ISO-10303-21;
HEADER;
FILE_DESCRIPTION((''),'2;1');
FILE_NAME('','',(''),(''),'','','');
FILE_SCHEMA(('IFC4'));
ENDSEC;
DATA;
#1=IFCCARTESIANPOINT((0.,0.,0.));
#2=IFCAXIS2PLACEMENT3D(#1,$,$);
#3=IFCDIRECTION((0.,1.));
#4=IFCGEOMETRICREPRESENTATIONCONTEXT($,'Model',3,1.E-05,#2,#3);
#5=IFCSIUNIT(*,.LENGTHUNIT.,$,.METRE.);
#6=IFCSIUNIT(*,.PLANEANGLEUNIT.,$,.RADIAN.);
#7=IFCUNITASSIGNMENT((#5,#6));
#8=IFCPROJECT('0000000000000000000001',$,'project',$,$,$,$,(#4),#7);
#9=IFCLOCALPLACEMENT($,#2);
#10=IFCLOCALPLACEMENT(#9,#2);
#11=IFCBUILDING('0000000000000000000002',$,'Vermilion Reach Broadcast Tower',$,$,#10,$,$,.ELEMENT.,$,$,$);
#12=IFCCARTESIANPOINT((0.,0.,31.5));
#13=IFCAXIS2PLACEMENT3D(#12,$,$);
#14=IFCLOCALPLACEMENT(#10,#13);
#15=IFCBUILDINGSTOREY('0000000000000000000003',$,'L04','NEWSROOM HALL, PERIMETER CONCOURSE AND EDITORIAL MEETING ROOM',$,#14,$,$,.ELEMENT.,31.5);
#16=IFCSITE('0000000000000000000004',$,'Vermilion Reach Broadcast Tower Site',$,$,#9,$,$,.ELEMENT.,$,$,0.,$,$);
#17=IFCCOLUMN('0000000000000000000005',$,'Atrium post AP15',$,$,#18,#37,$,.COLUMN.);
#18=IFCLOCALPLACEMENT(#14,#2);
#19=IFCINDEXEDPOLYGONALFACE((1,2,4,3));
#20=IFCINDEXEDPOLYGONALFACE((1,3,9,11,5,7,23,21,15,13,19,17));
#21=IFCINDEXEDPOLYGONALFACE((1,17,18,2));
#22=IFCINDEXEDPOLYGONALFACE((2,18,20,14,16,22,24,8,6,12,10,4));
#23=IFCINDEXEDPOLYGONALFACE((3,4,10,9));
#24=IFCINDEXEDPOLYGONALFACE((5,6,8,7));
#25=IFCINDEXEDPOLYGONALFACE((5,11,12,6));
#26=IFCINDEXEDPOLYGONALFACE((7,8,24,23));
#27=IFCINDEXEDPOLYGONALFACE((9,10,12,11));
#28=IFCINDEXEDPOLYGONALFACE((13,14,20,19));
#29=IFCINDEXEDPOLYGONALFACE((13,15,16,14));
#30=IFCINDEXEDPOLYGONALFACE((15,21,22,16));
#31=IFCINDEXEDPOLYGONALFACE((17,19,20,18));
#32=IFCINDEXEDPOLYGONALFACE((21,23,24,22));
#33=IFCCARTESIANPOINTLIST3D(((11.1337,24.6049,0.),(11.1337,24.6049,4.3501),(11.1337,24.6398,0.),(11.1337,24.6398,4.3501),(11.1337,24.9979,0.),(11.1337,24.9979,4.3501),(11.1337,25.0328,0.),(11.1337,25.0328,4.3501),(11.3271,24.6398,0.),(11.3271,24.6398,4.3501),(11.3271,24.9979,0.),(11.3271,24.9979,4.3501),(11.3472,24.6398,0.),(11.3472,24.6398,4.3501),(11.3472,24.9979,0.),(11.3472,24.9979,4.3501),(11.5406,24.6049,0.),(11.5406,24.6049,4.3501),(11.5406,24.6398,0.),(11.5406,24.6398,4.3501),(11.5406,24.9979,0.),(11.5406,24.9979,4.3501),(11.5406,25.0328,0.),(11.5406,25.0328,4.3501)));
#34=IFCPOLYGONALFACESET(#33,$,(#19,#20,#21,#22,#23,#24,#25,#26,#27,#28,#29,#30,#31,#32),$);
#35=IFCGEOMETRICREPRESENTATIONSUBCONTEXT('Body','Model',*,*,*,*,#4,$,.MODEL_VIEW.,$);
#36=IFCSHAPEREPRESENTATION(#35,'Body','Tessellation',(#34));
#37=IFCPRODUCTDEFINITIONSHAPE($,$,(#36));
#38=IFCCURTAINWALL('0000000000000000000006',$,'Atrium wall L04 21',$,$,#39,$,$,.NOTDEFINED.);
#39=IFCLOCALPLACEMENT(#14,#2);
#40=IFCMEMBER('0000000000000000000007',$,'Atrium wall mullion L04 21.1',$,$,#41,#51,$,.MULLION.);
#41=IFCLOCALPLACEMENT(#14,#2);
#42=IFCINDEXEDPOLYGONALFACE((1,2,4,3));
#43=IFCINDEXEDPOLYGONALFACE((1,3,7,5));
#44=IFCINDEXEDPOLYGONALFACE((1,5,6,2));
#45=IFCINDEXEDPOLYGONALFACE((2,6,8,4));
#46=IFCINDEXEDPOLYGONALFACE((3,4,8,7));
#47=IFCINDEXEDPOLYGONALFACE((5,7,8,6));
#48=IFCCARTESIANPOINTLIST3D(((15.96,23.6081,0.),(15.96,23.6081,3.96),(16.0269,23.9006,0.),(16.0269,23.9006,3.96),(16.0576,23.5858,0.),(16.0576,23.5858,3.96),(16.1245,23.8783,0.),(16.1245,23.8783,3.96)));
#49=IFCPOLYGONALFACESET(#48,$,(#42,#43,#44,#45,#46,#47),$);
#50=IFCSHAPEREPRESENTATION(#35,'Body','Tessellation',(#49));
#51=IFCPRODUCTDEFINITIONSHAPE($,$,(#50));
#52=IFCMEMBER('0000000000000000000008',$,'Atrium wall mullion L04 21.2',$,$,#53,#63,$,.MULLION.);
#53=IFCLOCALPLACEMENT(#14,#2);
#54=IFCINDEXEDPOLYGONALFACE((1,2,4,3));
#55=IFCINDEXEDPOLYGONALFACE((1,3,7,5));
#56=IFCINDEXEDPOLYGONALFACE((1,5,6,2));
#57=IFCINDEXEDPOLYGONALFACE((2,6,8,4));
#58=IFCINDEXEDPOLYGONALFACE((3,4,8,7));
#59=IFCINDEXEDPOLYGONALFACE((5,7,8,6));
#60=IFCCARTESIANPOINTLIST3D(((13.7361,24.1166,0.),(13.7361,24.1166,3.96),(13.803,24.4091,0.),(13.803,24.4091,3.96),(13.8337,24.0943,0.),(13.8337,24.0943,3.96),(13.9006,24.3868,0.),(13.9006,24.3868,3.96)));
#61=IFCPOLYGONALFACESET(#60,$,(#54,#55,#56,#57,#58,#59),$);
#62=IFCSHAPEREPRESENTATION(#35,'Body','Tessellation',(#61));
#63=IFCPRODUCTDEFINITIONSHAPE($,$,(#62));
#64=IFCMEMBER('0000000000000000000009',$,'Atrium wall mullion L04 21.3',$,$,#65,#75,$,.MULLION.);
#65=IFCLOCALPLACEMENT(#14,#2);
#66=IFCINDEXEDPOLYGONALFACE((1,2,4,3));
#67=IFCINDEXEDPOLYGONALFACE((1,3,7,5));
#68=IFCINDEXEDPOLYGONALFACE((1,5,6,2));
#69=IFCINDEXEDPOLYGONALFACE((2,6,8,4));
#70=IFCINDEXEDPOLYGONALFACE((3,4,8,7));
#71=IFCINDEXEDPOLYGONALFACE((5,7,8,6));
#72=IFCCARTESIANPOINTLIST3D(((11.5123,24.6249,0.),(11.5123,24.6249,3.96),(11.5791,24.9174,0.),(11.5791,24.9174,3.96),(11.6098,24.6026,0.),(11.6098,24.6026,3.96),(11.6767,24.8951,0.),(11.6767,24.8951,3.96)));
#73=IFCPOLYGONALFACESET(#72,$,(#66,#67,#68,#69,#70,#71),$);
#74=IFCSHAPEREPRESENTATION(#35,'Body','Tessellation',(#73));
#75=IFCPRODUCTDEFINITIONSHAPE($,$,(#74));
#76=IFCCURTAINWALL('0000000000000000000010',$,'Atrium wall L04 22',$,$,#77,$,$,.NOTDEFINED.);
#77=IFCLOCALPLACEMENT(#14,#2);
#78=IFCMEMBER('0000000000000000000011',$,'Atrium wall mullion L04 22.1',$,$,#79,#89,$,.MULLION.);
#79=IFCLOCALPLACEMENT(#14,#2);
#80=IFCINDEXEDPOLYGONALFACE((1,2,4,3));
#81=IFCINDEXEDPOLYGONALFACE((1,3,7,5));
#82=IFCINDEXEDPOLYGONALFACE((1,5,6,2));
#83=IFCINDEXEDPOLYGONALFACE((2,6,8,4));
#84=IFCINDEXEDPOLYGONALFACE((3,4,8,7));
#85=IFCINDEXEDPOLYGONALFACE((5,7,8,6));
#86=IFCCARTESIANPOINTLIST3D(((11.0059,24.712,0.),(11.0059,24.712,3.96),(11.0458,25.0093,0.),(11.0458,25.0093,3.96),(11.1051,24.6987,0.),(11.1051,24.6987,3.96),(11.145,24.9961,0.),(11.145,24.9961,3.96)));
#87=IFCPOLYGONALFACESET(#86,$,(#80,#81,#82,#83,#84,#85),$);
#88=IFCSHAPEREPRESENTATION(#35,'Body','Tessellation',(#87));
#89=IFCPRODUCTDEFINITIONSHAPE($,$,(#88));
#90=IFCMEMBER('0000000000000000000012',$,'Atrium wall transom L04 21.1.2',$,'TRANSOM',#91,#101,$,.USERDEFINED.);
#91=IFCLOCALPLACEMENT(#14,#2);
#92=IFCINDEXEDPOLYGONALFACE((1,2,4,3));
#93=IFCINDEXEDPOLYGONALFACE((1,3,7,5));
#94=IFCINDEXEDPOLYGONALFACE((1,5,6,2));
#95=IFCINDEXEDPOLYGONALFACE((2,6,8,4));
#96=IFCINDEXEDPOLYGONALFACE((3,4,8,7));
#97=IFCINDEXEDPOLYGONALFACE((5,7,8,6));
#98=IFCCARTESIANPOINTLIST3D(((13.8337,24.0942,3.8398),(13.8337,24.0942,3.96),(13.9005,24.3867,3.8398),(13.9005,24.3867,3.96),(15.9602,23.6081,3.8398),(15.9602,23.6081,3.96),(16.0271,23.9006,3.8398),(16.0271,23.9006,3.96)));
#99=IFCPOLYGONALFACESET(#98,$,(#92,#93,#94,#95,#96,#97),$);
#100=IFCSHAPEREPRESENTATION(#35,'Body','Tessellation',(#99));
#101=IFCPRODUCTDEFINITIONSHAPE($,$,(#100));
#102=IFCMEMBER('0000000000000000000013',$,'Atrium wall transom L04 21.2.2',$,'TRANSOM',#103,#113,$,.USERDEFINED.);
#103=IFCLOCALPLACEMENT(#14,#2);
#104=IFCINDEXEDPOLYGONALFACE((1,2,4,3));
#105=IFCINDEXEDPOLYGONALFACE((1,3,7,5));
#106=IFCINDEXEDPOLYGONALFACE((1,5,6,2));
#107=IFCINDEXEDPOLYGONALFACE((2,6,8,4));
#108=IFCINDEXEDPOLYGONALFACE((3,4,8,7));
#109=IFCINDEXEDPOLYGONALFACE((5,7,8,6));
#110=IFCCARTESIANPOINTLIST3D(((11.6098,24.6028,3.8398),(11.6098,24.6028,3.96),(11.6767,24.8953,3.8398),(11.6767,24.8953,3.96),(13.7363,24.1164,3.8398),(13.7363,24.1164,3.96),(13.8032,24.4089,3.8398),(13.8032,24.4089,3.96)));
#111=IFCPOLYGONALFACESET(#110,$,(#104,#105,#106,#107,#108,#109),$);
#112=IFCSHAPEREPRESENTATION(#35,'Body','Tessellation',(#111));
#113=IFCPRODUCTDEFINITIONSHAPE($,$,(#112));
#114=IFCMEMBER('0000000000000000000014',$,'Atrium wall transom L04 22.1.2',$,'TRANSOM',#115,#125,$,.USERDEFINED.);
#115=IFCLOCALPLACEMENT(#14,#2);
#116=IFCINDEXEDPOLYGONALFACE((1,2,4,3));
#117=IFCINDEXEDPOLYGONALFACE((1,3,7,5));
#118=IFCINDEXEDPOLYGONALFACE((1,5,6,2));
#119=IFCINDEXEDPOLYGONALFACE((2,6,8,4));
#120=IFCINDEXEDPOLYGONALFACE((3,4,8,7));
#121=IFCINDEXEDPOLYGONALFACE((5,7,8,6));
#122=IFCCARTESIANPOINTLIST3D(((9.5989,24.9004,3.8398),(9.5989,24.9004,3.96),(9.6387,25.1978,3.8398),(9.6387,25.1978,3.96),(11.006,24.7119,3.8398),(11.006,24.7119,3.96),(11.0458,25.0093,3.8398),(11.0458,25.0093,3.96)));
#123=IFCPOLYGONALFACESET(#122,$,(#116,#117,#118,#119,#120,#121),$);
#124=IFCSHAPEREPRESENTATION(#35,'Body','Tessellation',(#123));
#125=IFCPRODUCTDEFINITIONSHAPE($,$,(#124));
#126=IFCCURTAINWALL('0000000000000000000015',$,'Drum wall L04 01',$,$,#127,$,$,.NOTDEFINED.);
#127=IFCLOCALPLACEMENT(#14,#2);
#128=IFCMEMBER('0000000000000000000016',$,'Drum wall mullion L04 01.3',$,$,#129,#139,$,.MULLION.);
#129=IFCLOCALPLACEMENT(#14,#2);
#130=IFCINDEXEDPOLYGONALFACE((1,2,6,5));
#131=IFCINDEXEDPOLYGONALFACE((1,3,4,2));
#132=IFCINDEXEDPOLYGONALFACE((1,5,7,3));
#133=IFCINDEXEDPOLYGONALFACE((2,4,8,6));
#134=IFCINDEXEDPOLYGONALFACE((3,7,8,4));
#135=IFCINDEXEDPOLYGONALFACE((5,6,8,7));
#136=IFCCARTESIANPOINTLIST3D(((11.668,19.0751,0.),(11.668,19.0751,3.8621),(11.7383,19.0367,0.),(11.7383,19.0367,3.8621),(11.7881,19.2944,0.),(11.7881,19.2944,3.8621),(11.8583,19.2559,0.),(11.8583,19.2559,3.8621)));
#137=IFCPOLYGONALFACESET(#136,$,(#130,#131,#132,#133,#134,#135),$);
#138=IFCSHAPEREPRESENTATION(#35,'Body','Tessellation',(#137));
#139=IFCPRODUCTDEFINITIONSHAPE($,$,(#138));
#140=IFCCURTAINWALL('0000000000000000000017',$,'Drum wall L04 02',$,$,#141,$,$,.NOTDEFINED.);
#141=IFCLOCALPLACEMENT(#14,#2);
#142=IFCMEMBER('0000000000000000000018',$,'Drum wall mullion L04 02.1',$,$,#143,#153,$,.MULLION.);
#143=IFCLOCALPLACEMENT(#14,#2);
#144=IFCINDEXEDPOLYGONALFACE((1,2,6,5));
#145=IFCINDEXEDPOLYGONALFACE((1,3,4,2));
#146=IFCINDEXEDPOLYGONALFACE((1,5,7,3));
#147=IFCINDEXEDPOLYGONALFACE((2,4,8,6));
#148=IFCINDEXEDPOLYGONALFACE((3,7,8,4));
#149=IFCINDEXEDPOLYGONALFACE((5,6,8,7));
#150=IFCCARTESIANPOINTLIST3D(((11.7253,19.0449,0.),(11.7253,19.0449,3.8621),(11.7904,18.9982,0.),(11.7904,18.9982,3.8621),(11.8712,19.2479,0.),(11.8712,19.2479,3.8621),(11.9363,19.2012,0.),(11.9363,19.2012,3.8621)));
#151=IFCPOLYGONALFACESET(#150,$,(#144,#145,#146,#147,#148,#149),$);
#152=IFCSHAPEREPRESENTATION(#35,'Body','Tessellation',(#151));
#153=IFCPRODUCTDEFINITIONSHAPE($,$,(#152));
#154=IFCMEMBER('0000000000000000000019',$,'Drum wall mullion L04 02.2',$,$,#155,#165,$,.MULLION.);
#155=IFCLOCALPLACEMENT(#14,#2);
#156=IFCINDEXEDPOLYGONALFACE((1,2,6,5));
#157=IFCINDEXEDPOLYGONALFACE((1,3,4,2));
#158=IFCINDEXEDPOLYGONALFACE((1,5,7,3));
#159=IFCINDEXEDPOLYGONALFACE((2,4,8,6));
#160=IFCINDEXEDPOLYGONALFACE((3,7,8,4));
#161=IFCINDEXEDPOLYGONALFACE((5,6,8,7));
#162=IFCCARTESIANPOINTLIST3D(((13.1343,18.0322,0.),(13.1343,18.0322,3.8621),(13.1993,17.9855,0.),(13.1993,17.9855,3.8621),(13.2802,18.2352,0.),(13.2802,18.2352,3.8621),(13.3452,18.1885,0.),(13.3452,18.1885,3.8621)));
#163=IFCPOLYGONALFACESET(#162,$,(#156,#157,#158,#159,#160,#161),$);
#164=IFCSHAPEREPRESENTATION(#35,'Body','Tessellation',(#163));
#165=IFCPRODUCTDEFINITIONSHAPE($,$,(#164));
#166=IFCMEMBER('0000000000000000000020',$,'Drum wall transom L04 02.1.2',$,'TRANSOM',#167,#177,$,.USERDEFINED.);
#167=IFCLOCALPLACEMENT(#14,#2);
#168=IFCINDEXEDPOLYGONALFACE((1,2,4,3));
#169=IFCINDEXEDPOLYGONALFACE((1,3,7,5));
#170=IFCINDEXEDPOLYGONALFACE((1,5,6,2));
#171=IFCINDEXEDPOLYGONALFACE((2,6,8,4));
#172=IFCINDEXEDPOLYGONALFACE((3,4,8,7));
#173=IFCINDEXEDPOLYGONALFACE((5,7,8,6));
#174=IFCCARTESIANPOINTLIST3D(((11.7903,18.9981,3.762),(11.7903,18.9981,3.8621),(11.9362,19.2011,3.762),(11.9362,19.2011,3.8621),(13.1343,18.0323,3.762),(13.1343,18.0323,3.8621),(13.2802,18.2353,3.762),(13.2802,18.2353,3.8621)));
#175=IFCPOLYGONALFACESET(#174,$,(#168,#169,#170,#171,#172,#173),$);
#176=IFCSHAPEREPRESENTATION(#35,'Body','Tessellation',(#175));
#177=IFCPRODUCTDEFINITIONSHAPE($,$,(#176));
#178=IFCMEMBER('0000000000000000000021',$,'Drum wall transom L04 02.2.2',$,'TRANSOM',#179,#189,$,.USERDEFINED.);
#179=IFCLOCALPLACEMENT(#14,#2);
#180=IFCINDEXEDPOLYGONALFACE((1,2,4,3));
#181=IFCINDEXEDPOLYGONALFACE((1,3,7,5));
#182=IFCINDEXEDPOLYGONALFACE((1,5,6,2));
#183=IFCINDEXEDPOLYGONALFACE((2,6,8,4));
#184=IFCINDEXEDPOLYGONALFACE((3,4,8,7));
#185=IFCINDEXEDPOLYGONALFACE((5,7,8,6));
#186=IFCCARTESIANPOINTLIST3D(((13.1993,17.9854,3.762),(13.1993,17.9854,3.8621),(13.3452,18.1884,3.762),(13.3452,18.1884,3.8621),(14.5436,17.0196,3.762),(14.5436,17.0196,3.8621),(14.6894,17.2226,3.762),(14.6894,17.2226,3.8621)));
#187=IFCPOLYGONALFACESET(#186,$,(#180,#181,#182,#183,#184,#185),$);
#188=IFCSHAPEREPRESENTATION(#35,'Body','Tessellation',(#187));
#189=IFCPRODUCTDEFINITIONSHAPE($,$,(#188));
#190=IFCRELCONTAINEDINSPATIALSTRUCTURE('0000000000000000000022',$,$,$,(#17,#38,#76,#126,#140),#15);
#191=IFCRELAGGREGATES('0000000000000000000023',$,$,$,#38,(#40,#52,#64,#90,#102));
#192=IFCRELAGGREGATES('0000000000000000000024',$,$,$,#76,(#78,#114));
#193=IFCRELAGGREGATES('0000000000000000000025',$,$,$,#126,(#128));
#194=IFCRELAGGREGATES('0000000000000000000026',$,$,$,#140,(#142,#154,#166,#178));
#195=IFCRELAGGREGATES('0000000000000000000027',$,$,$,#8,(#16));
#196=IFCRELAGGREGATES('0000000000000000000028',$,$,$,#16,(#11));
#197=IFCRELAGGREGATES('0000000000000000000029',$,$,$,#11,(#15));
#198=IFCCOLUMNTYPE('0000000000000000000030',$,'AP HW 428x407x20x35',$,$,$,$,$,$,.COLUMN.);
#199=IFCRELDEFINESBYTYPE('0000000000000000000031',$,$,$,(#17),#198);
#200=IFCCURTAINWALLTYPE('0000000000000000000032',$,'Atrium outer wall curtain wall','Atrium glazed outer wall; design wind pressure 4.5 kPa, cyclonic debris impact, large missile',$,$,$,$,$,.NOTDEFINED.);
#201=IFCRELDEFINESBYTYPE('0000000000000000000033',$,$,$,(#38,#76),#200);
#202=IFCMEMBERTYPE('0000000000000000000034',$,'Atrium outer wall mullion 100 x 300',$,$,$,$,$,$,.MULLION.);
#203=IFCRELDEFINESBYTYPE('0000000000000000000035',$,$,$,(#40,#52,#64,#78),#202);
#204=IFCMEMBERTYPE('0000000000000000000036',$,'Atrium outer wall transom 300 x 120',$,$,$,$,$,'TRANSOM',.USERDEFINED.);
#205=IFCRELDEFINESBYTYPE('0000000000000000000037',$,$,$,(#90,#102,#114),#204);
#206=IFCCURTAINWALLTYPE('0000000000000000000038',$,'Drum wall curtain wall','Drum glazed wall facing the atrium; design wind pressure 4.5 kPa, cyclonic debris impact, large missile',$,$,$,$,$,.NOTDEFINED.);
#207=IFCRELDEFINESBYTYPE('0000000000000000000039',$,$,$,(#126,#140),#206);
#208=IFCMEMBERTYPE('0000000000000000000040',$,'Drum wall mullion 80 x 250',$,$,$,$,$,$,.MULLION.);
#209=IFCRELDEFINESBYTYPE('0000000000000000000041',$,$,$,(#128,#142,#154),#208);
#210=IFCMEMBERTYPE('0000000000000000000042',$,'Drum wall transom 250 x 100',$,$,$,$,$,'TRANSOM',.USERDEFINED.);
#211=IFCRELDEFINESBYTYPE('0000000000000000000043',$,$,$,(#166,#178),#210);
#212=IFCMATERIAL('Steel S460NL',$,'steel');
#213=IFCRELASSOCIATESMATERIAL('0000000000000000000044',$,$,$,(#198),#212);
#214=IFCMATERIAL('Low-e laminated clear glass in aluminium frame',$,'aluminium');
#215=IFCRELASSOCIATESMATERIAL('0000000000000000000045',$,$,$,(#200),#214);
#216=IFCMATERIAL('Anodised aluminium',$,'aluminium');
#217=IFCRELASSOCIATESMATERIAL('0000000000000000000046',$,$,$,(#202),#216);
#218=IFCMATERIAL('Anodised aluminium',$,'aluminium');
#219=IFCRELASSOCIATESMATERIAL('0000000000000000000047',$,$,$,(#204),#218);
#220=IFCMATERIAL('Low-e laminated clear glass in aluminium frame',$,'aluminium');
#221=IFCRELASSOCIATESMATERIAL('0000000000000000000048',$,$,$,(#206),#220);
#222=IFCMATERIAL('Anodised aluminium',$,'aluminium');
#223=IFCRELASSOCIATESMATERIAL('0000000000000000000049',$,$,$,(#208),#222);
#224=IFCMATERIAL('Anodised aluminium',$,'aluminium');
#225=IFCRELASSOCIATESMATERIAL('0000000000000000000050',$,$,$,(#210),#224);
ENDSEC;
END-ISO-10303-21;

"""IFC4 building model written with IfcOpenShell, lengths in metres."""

from ifc_helpers import new_model, si_unit, direction, frame, origin, origin_2d, place, context, subcontext, project, spatial, rectangle, i_section, extrude, material, material_profile, profile_set, type_object, element, aggregate, save


model = new_model("IFC4")

# Units and contexts
model_context = context("Model", 3, precision=1e-05, world=origin(), true_north=direction((0.0, 1.0)))
body_context = subcontext(model_context, "Body", "Model", "MODEL_VIEW")
ifc_project = project(units=[si_unit("LENGTHUNIT", "METRE"), si_unit("PLANEANGLEUNIT", "RADIAN")], contexts=[model_context])

# Site, building, storey
site_placement = place(None, origin())
site = spatial("IfcSite", under=ifc_project, at=site_placement, Name="Vermilion Reach Broadcast Tower Site", CompositionType="ELEMENT", RefElevation=0.0)
building_placement = place(site_placement, origin())
building = spatial("IfcBuilding", under=site, at=building_placement, Name="Vermilion Reach Broadcast Tower", CompositionType="ELEMENT")
storey_placement = place(building_placement, frame((0.0, 0.0, 31.5)))
storey = spatial("IfcBuildingStorey", under=building, at=storey_placement, Name="L04", Description="NEWSROOM HALL, PERIMETER CONCOURSE AND EDITORIAL MEETING ROOM", CompositionType="ELEMENT", Elevation=31.5)

# Column
ifc_material_1 = material(Name="Steel S460NL", Category="steel")
ifc_material_profile_1 = material_profile(ifc_material_1, i_section(OverallWidth=0.407, OverallDepth=0.428, WebThickness=0.02, FlangeThickness=0.0349, at=origin_2d()), Name="S460NL HW 428x407x20x35")
ifc_profile_set_1 = profile_set([ifc_material_profile_1], Name="Steel S460NL")
column_type = type_object("IfcColumnType", Name="AP HW 428x407x20x35", PredefinedType="COLUMN", material=ifc_profile_set_1)
column_placement = place(storey_placement, frame((11.3372, 24.8188, 0.0), z_axis=(0.0, 0.0, 1.0), x_axis=(1.0, 0.0, 0.0)))
element("IfcColumn", 1, at=column_placement, inside=storey, type_object=column_type, Name="Atrium post AP15", PredefinedType="COLUMN", context=body_context, shape_type="SweptSolid", body=[
    extrude(i_section(OverallWidth=0.407, OverallDepth=0.428, WebThickness=0.02, FlangeThickness=0.0349, at=origin_2d()), origin(), (0.0, 0.0, 1.0), 4.3501),
])

# Curtain wall, members
ifc_material_2 = material(Name="Low-e laminated clear glass in aluminium frame", Category="aluminium")
curtain_wall_type_1 = type_object("IfcCurtainWallType", Name="Atrium outer wall curtain wall", Description="Atrium glazed outer wall; design wind pressure 4.5 kPa, cyclonic debris impact, large missile", PredefinedType="NOTDEFINED", material=ifc_material_2)
placement = place(storey_placement, origin())
curtain_wall_1 = element("IfcCurtainWall", 2, at=placement, inside=storey, type_object=curtain_wall_type_1, Name="Atrium wall L04 21", PredefinedType="NOTDEFINED")
ifc_material_3 = material(Name="Anodised aluminium", Category="aluminium")
ifc_material_profile_2 = material_profile(ifc_material_3, rectangle(XDim=0.3, YDim=0.1001, at=origin_2d()), Name="Atrium outer wall mullion 100 x 300")
ifc_profile_set_2 = profile_set([ifc_material_profile_2], Name="Anodised aluminium")
member_type_1 = type_object("IfcMemberType", Name="Atrium outer wall mullion 100 x 300", PredefinedType="MULLION", material=ifc_profile_set_2)
member_1_placement = place(storey_placement, frame((16.0422, 23.7432, 0.0), z_axis=(0.0, 0.0, 1.0), x_axis=(-0.222892, -0.974843, 0.0)))
member_1 = element("IfcMember", 3, at=member_1_placement, type_object=member_type_1, Name="Atrium wall mullion L04 21.1", PredefinedType="MULLION", context=body_context, shape_type="SweptSolid", body=[
    extrude(rectangle(XDim=0.3, YDim=0.1001, at=origin_2d()), origin(), (0.0, 0.0, 1.0), 3.96),
])
member_2_placement = place(storey_placement, frame((13.8184, 24.2517, 0.0), z_axis=(0.0, 0.0, 1.0), x_axis=(-0.222892, -0.974843, 0.0)))
member_2 = element("IfcMember", 4, at=member_2_placement, type_object=member_type_1, Name="Atrium wall mullion L04 21.2", PredefinedType="MULLION", context=body_context, shape_type="SweptSolid", body=[
    extrude(rectangle(XDim=0.3, YDim=0.1001, at=origin_2d()), origin(), (0.0, 0.0, 1.0), 3.96),
])
member_3_placement = place(storey_placement, frame((11.5945, 24.76, 0.0), z_axis=(0.0, 0.0, 1.0), x_axis=(-0.222892, -0.974843, 0.0)))
member_3 = element("IfcMember", 5, at=member_3_placement, type_object=member_type_1, Name="Atrium wall mullion L04 21.3", PredefinedType="MULLION", context=body_context, shape_type="SweptSolid", body=[
    extrude(rectangle(XDim=0.3, YDim=0.1001, at=origin_2d()), origin(), (0.0, 0.0, 1.0), 3.96),
])

# Curtain wall, member
curtain_wall_2 = element("IfcCurtainWall", 6, at=placement, inside=storey, type_object=curtain_wall_type_1, Name="Atrium wall L04 22", PredefinedType="NOTDEFINED")
member_4_placement = place(storey_placement, frame((11.0754, 24.854, 0.0), z_axis=(0.0, 0.0, 1.0), x_axis=(-0.132794, -0.991144, 0.0)))
member_4 = element("IfcMember", 7, at=member_4_placement, type_object=member_type_1, Name="Atrium wall mullion L04 22.1", PredefinedType="MULLION", context=body_context, shape_type="SweptSolid", body=[
    extrude(rectangle(XDim=0.3, YDim=0.1001, at=origin_2d()), origin(), (0.0, 0.0, 1.0), 3.96),
])

# Members
ifc_material_4 = material(Name="Anodised aluminium", Category="aluminium")
ifc_material_profile_3 = material_profile(ifc_material_4, rectangle(XDim=0.3, YDim=0.1201, at=origin_2d()), Name="Atrium outer wall transom 300 x 120")
ifc_profile_set_3 = profile_set([ifc_material_profile_3], Name="Anodised aluminium")
member_type_2 = type_object("IfcMemberType", Name="Atrium outer wall transom 300 x 120", ElementType="TRANSOM", PredefinedType="USERDEFINED", material=ifc_profile_set_3)
member_5_placement = place(storey_placement, frame((15.9937, 23.7544, 3.8999), z_axis=(-0.974855, 0.22284, 0.0), x_axis=(-0.22284, -0.974855, 0.0)))
member_5 = element("IfcMember", 8, at=member_5_placement, type_object=member_type_2, Name="Atrium wall transom L04 21.1.2", ObjectType="TRANSOM", PredefinedType="USERDEFINED", context=body_context, shape_type="SweptSolid", body=[
    extrude(rectangle(XDim=0.3, YDim=0.1201, at=origin_2d()), origin(), (0.0, 0.0, 1.0), 2.1814),
])
member_6_placement = place(storey_placement, frame((13.7698, 24.2627, 3.8999), z_axis=(-0.974831, 0.222946, 0.0), x_axis=(-0.222946, -0.974831, 0.0)))
member_6 = element("IfcMember", 9, at=member_6_placement, type_object=member_type_2, Name="Atrium wall transom L04 21.2.2", ObjectType="TRANSOM", PredefinedType="USERDEFINED", context=body_context, shape_type="SweptSolid", body=[
    extrude(rectangle(XDim=0.3, YDim=0.1201, at=origin_2d()), origin(), (0.0, 0.0, 1.0), 2.1814),
])
member_7_placement = place(storey_placement, frame((11.0259, 24.8606, 3.8999), z_axis=(-0.99115, 0.132749, 0.0), x_axis=(-0.132749, -0.99115, 0.0)))
member_7 = element("IfcMember", 10, at=member_7_placement, type_object=member_type_2, Name="Atrium wall transom L04 22.1.2", ObjectType="TRANSOM", PredefinedType="USERDEFINED", context=body_context, shape_type="SweptSolid", body=[
    extrude(rectangle(XDim=0.3, YDim=0.1201, at=origin_2d()), origin(), (0.0, 0.0, 1.0), 1.4197),
])

# Curtain wall, member
ifc_material_5 = material(Name="Low-e laminated clear glass in aluminium frame", Category="aluminium")
curtain_wall_type_2 = type_object("IfcCurtainWallType", Name="Drum wall curtain wall", Description="Drum glazed wall facing the atrium; design wind pressure 4.5 kPa, cyclonic debris impact, large missile", PredefinedType="NOTDEFINED", material=ifc_material_5)
curtain_wall_3 = element("IfcCurtainWall", 11, at=placement, inside=storey, type_object=curtain_wall_type_2, Name="Drum wall L04 01", PredefinedType="NOTDEFINED")
ifc_material_6 = material(Name="Anodised aluminium", Category="aluminium")
ifc_material_profile_4 = material_profile(ifc_material_6, rectangle(XDim=0.25, YDim=0.0801, at=origin_2d()), Name="Drum wall mullion 80 x 250")
ifc_profile_set_4 = profile_set([ifc_material_profile_4], Name="Anodised aluminium")
member_type_3 = type_object("IfcMemberType", Name="Drum wall mullion 80 x 250", PredefinedType="MULLION", material=ifc_profile_set_4)
member_8_placement = place(storey_placement, frame((11.7632, 19.1655, 0.0), z_axis=(0.0, 0.0, 1.0), x_axis=(0.480269, 0.877121, 0.0)))
member_8 = element("IfcMember", 12, at=member_8_placement, type_object=member_type_3, Name="Drum wall mullion L04 01.3", PredefinedType="MULLION", context=body_context, shape_type="SweptSolid", body=[
    extrude(rectangle(XDim=0.25, YDim=0.0801, at=origin_2d()), origin(), (0.0, 0.0, 1.0), 3.8621),
])

# Curtain wall, members
curtain_wall_4 = element("IfcCurtainWall", 13, at=placement, inside=storey, type_object=curtain_wall_type_2, Name="Drum wall L04 02", PredefinedType="NOTDEFINED")
member_9_placement = place(storey_placement, frame((11.8308, 19.123, 0.0), z_axis=(0.0, 0.0, 1.0), x_axis=(0.583587, 0.812051, 0.0)))
member_9 = element("IfcMember", 14, at=member_9_placement, type_object=member_type_3, Name="Drum wall mullion L04 02.1", PredefinedType="MULLION", context=body_context, shape_type="SweptSolid", body=[
    extrude(rectangle(XDim=0.25, YDim=0.0801, at=origin_2d()), origin(), (0.0, 0.0, 1.0), 3.8621),
])
member_10_placement = place(storey_placement, frame((13.2397, 18.1104, 0.0), z_axis=(0.0, 0.0, 1.0), x_axis=(0.583587, 0.812051, 0.0)))
member_10 = element("IfcMember", 15, at=member_10_placement, type_object=member_type_3, Name="Drum wall mullion L04 02.2", PredefinedType="MULLION", context=body_context, shape_type="SweptSolid", body=[
    extrude(rectangle(XDim=0.25, YDim=0.0801, at=origin_2d()), origin(), (0.0, 0.0, 1.0), 3.8621),
])
ifc_material_7 = material(Name="Anodised aluminium", Category="aluminium")
ifc_material_profile_5 = material_profile(ifc_material_7, rectangle(XDim=0.25, YDim=0.1001, at=origin_2d()), Name="Drum wall transom 250 x 100")
ifc_profile_set_5 = profile_set([ifc_material_profile_5], Name="Anodised aluminium")
member_type_4 = type_object("IfcMemberType", Name="Drum wall transom 250 x 100", ElementType="TRANSOM", PredefinedType="USERDEFINED", material=ifc_profile_set_5)
member_11_placement = place(storey_placement, frame((11.8633, 19.0996, 3.812), z_axis=(0.812066, -0.583566, 0.0), x_axis=(0.583566, 0.812066, 0.0)))
member_11 = element("IfcMember", 16, at=member_11_placement, type_object=member_type_4, Name="Drum wall transom L04 02.1.2", ObjectType="TRANSOM", PredefinedType="USERDEFINED", context=body_context, shape_type="SweptSolid", body=[
    extrude(rectangle(XDim=0.25, YDim=0.1001, at=origin_2d()), origin(), (0.0, 0.0, 1.0), 1.655),
])
member_12_placement = place(storey_placement, frame((13.2722, 18.0869, 3.812), z_axis=(0.812116, -0.583496, 0.0), x_axis=(0.583496, 0.812116, 0.0)))
member_12 = element("IfcMember", 17, at=member_12_placement, type_object=member_type_4, Name="Drum wall transom L04 02.2.2", ObjectType="TRANSOM", PredefinedType="USERDEFINED", context=body_context, shape_type="SweptSolid", body=[
    extrude(rectangle(XDim=0.25, YDim=0.1001, at=origin_2d()), origin(), (0.0, 0.0, 1.0), 1.6553),
])

aggregate(curtain_wall_1, [member_1, member_2, member_3, member_5, member_6])
aggregate(curtain_wall_2, [member_4, member_7])
aggregate(curtain_wall_3, [member_8])
aggregate(curtain_wall_4, [member_9, member_10, member_11, member_12])

save(model, "model.ifc")
